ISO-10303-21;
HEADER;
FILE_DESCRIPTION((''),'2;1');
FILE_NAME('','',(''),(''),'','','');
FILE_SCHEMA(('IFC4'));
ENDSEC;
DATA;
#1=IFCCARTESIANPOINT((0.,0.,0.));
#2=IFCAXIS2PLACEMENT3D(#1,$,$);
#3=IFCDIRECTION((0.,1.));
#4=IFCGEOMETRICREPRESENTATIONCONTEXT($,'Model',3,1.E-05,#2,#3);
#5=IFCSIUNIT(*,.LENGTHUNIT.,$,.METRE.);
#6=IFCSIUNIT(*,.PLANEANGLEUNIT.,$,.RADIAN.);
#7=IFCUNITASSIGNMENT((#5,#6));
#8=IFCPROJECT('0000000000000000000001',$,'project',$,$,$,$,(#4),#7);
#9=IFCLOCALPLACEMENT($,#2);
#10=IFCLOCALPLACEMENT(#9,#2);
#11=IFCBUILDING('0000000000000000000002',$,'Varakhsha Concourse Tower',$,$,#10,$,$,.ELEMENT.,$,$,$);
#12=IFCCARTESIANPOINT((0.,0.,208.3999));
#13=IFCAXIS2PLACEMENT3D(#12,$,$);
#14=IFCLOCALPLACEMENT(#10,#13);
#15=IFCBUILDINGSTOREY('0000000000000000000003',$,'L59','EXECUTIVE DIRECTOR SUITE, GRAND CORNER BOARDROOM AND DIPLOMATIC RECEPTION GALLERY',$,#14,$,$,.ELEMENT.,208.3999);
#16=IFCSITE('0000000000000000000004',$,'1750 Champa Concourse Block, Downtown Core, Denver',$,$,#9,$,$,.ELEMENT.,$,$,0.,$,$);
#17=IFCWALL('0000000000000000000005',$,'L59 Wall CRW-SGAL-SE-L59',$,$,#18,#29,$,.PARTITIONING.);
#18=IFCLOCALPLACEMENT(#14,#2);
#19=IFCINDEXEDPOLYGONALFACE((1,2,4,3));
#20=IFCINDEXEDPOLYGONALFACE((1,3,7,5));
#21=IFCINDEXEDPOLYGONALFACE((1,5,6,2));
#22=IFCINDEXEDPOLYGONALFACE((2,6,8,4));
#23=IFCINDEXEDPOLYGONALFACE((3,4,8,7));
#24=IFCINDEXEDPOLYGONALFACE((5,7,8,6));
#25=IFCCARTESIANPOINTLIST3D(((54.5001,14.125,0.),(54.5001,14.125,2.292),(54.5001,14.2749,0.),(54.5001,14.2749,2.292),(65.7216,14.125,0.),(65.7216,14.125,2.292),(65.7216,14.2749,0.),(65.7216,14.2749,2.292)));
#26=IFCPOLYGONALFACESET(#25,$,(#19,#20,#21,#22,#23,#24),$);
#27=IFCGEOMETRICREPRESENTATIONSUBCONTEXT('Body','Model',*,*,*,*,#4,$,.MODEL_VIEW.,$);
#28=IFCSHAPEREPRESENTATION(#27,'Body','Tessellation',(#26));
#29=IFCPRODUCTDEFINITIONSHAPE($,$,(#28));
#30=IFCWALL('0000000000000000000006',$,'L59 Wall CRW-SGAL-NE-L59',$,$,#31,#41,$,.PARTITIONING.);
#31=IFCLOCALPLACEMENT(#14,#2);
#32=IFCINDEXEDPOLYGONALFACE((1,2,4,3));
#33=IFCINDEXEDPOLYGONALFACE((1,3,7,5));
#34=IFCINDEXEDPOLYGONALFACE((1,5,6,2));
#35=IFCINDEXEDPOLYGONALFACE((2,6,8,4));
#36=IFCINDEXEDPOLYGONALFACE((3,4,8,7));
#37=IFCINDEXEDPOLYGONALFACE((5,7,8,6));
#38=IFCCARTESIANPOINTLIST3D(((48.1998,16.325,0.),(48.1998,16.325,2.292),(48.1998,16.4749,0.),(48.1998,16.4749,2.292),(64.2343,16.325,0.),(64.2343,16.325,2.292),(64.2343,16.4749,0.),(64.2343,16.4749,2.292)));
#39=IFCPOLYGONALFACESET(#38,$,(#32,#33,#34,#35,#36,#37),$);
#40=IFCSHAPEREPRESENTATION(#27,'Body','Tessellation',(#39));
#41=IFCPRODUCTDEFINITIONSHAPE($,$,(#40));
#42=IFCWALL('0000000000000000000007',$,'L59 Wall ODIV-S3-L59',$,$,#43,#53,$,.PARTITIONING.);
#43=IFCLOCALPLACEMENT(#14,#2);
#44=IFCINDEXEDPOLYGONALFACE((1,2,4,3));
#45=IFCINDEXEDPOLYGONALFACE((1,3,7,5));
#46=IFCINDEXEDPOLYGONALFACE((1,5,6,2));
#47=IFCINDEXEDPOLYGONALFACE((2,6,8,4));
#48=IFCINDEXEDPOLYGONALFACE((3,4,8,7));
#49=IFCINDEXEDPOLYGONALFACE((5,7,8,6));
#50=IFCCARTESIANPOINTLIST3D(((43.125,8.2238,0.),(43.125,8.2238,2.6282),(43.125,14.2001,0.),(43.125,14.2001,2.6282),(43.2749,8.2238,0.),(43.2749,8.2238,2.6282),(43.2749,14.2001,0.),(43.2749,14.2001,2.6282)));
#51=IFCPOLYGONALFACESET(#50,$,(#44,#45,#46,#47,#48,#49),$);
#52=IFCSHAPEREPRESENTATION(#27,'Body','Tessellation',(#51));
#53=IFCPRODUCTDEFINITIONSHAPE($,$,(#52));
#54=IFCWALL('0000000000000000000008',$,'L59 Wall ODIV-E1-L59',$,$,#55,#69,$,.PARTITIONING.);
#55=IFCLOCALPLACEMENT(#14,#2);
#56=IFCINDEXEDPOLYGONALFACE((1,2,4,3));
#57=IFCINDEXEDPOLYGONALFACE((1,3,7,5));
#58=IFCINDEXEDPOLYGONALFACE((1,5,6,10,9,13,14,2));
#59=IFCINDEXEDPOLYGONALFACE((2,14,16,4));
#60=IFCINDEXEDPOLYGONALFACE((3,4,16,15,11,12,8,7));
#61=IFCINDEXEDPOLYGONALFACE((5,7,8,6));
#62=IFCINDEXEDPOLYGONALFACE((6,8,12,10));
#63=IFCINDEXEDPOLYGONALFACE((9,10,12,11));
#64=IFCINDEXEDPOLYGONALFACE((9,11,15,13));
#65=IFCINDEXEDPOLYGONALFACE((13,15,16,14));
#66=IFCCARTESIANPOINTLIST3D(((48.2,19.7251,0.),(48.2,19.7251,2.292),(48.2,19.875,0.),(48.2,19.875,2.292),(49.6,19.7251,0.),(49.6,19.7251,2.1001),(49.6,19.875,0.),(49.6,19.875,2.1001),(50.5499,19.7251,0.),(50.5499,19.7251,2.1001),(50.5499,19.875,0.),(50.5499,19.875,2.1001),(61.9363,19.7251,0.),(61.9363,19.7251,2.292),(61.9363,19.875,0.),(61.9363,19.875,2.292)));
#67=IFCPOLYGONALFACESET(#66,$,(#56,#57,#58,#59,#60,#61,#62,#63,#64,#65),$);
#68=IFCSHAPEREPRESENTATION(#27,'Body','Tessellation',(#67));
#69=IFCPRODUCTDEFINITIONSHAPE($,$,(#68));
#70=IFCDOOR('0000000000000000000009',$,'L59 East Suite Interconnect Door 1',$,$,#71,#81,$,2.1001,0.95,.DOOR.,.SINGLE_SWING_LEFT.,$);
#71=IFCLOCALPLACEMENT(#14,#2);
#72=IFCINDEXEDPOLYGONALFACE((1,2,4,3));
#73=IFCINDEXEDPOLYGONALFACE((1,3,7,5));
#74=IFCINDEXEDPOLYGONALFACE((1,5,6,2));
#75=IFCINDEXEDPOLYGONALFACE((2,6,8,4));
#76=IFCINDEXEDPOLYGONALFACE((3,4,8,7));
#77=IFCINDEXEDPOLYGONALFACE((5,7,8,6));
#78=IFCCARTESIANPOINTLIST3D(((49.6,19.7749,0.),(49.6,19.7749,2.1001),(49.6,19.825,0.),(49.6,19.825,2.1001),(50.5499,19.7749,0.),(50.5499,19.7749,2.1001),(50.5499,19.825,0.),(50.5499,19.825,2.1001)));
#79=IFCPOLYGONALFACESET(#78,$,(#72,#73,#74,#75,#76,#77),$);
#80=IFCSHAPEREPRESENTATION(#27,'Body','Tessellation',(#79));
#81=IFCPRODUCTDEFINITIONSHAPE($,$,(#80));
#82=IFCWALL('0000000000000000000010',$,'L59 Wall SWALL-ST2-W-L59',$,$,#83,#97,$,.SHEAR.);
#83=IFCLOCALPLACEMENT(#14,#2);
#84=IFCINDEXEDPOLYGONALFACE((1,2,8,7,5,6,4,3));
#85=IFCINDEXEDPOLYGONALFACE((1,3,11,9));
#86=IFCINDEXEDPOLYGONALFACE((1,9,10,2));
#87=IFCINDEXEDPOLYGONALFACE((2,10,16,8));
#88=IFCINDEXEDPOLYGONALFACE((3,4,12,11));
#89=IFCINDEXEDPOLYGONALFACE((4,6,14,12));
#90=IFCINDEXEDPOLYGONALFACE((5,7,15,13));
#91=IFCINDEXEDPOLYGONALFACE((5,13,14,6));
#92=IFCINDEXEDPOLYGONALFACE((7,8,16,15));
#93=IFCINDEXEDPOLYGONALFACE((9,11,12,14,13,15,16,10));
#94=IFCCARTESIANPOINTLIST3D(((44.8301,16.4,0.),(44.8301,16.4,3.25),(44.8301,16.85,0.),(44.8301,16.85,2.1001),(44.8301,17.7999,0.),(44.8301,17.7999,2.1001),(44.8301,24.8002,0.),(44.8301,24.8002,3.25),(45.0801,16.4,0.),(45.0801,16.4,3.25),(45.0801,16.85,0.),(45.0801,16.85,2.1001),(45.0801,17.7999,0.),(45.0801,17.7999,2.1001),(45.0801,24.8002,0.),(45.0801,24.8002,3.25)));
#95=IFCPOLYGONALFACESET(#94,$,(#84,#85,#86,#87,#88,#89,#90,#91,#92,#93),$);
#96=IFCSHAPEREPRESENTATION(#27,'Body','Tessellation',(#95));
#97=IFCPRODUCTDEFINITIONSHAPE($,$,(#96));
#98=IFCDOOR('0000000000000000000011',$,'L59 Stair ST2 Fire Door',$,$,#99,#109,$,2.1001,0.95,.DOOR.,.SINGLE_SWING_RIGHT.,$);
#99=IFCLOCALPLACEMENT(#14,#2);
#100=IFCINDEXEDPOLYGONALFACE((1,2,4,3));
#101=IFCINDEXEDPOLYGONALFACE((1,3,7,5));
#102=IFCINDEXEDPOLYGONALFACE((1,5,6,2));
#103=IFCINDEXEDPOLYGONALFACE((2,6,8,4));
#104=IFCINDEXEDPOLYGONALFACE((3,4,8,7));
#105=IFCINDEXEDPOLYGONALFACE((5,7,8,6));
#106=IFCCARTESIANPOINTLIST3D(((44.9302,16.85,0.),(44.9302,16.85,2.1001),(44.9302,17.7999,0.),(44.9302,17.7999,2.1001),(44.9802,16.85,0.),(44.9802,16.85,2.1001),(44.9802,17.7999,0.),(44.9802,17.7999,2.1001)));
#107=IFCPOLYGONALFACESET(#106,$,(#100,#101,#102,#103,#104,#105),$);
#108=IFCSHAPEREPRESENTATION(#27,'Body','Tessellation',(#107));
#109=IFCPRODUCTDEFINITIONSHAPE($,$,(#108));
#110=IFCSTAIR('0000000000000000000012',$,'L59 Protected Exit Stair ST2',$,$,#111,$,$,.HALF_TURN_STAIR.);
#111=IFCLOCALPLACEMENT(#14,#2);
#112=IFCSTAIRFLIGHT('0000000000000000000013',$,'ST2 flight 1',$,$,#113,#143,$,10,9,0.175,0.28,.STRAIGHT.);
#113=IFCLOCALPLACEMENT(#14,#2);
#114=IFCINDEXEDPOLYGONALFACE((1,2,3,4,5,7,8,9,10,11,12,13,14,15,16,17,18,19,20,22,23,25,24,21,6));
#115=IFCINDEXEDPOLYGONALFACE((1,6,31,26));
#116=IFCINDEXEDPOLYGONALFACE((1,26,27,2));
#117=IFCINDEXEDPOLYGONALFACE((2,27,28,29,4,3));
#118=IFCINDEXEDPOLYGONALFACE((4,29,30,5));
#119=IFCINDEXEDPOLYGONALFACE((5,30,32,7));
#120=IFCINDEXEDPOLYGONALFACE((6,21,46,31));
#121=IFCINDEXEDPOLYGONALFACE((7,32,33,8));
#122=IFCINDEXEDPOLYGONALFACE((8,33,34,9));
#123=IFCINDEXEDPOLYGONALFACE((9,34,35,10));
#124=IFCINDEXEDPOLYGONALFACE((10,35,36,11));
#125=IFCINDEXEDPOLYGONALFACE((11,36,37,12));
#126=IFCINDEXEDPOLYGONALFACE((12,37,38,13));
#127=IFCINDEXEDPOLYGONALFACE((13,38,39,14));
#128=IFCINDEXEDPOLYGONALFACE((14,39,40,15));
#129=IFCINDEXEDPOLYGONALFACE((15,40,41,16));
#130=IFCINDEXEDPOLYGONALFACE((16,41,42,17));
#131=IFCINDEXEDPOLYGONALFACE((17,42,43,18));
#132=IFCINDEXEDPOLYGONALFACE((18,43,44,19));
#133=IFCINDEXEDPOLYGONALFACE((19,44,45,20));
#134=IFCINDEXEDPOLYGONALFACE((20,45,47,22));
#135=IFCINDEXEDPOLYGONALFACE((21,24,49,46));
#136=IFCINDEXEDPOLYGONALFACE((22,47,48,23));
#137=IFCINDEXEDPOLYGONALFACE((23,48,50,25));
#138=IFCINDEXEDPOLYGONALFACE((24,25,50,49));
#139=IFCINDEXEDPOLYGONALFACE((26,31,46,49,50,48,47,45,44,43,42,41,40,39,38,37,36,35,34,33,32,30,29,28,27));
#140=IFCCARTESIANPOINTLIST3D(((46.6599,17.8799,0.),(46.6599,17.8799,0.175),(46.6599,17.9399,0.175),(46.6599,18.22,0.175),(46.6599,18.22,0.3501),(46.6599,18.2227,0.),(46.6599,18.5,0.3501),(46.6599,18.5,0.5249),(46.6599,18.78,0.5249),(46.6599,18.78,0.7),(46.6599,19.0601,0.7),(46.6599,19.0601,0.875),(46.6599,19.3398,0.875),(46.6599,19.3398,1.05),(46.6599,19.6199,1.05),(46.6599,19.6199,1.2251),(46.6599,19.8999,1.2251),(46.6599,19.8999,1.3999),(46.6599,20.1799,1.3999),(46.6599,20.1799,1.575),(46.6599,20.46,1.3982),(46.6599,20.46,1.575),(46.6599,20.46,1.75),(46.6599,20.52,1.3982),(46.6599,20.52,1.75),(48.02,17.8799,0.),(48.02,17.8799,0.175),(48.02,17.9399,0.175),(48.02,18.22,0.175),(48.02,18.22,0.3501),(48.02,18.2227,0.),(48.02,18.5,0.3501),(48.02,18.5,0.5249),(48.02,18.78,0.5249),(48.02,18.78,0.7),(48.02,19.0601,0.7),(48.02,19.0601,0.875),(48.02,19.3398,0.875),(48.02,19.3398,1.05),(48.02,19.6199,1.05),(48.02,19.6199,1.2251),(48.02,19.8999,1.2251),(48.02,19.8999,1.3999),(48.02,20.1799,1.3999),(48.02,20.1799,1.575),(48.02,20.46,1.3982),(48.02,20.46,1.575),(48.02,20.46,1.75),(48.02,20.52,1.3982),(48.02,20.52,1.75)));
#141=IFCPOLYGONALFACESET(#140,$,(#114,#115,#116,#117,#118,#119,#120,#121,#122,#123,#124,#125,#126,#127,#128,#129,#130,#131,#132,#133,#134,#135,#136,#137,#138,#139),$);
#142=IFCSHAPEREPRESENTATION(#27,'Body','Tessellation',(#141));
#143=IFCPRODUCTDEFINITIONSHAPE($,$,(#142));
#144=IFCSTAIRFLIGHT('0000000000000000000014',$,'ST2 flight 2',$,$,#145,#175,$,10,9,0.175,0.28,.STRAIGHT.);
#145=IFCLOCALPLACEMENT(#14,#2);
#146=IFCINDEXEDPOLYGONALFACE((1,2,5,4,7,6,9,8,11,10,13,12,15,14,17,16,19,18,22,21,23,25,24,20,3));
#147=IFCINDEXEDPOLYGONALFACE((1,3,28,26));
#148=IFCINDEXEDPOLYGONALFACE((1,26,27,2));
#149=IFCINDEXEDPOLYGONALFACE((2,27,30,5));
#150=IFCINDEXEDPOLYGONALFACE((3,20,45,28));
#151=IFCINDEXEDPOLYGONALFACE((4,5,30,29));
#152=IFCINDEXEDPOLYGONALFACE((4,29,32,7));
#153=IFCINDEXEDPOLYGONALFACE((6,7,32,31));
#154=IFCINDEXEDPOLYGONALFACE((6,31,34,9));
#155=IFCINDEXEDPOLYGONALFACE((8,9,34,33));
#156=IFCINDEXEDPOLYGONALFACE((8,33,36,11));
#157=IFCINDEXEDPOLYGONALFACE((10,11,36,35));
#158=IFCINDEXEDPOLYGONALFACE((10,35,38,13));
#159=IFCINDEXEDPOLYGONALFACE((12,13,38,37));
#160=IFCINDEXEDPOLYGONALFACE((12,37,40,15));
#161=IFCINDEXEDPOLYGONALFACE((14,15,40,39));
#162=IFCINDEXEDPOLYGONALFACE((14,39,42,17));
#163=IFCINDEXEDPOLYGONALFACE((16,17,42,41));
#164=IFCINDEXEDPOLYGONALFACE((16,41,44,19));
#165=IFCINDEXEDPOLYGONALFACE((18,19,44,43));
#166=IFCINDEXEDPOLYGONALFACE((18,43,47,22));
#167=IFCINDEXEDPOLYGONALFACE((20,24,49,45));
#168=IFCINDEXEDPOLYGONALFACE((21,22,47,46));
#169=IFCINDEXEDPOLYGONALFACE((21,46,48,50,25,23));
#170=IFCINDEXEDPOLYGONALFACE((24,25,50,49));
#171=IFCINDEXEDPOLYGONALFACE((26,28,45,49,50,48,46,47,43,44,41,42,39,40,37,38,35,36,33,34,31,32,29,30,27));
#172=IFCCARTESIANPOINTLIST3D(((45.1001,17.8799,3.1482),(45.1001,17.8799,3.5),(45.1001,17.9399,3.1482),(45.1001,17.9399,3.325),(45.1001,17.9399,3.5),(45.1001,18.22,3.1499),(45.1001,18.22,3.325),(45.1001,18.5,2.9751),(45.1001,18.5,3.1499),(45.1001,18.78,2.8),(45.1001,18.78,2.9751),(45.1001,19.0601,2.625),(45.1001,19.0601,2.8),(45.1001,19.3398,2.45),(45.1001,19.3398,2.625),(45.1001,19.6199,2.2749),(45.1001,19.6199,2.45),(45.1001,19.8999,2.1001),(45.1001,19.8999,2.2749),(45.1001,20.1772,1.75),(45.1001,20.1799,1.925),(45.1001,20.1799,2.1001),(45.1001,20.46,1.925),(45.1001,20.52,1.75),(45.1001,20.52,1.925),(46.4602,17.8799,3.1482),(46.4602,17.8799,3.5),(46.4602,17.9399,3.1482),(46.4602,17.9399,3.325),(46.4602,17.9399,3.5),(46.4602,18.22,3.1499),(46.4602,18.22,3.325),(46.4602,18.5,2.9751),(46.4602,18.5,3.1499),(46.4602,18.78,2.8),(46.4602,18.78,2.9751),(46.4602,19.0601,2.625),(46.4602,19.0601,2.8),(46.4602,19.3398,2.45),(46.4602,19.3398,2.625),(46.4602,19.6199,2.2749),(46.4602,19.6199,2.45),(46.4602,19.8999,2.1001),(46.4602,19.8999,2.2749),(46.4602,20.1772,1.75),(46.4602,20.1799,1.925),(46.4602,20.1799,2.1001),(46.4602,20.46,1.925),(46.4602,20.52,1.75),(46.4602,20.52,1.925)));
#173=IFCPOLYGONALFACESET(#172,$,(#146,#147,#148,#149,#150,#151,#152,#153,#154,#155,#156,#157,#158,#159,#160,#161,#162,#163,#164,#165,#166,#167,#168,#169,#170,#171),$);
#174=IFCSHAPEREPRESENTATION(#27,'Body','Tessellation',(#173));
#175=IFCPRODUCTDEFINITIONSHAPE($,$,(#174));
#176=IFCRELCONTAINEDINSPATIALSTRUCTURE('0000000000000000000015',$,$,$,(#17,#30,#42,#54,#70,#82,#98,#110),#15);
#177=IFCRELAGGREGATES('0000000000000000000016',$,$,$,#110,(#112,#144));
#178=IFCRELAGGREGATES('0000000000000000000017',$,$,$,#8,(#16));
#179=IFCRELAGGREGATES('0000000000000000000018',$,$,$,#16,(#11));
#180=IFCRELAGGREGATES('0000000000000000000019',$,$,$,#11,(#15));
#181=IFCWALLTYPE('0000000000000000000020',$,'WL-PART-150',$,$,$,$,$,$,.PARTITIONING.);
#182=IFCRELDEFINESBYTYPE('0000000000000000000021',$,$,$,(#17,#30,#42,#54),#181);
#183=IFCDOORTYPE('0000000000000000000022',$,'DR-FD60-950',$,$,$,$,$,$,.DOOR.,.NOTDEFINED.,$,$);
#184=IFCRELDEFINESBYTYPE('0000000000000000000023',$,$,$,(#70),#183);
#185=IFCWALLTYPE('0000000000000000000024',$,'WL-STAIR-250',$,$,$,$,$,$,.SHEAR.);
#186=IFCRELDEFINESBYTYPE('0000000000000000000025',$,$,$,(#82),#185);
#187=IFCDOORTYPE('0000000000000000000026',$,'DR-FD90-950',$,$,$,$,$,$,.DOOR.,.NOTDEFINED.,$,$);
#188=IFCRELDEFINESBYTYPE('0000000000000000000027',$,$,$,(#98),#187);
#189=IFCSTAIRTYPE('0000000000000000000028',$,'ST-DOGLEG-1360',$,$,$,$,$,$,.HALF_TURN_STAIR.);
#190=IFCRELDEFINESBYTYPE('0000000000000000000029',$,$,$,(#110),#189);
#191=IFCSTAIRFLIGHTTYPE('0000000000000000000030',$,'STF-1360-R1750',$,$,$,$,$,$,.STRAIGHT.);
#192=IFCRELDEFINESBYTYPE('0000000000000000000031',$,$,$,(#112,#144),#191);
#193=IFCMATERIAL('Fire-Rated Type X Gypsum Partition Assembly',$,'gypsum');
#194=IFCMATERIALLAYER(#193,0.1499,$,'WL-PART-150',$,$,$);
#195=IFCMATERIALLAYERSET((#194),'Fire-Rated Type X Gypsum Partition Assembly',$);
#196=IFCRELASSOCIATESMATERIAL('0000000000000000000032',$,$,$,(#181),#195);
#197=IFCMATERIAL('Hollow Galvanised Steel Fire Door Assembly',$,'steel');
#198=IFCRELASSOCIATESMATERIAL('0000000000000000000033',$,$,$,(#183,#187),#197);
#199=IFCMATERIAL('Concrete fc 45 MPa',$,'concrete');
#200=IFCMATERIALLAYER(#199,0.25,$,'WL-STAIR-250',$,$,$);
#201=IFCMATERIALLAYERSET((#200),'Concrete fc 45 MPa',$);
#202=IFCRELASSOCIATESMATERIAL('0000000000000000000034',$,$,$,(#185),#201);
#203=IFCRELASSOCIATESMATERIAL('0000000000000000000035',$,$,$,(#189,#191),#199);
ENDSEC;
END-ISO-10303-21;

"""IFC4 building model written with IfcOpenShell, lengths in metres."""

from ifc_helpers import new_model, si_unit, direction, frame, frame_2d, origin, place, context, subcontext, project, spatial, polyline, rectangle, outline, extrude, material, layer, layer_set, type_object, element, fill, aggregate, save


model = new_model("IFC4")

# Units and contexts
model_context = context("Model", 3, precision=1e-05, world=origin(), true_north=direction((0.0, 1.0)))
body_context = subcontext(model_context, "Body", "Model", "MODEL_VIEW")
ifc_project = project(units=[si_unit("LENGTHUNIT", "METRE"), si_unit("PLANEANGLEUNIT", "RADIAN")], contexts=[model_context])

# Site, building, storey
site_placement = place(None, origin())
site = spatial("IfcSite", under=ifc_project, at=site_placement, Name="1750 Champa Concourse Block, Downtown Core, Denver", CompositionType="ELEMENT", RefElevation=0.0)
building_placement = place(site_placement, origin())
building = spatial("IfcBuilding", under=site, at=building_placement, Name="Varakhsha Concourse Tower", CompositionType="ELEMENT")
storey_placement = place(building_placement, frame((0.0, 0.0, 208.3999)))
storey = spatial("IfcBuildingStorey", under=building, at=storey_placement, Name="L59", Description="EXECUTIVE DIRECTOR SUITE, GRAND CORNER BOARDROOM AND DIPLOMATIC RECEPTION GALLERY", CompositionType="ELEMENT", Elevation=208.3999)

# Walls
ifc_material_1 = material(Name="Fire-Rated Type X Gypsum Partition Assembly", Category="gypsum")
ifc_layer_1 = layer(ifc_material_1, 0.1499, Name="WL-PART-150")
ifc_layer_set_1 = layer_set([ifc_layer_1], Name="Fire-Rated Type X Gypsum Partition Assembly")
wall_type_1 = type_object("IfcWallType", Name="WL-PART-150", PredefinedType="PARTITIONING", material=ifc_layer_set_1)
wall_1_placement = place(storey_placement, frame((54.5, 14.2, 0.0), z_axis=(0.0, 0.0, 1.0), x_axis=(1.0, 0.0, 0.0)))
element("IfcWall", 1, at=wall_1_placement, inside=storey, type_object=wall_type_1, Name="L59 Wall CRW-SGAL-SE-L59", PredefinedType="PARTITIONING", context=body_context, shape_type="SweptSolid", body=[
    extrude(rectangle(XDim=11.2214, YDim=0.1499, at=frame_2d((5.6108, 0.0))), origin(), (0.0, 0.0, 1.0), 2.292),
])
wall_2_placement = place(storey_placement, frame((48.2, 16.3999, 0.0), z_axis=(0.0, 0.0, 1.0), x_axis=(1.0, 0.0, 0.0)))
element("IfcWall", 2, at=wall_2_placement, inside=storey, type_object=wall_type_1, Name="L59 Wall CRW-SGAL-NE-L59", PredefinedType="PARTITIONING", context=body_context, shape_type="SweptSolid", body=[
    extrude(rectangle(XDim=16.0344, YDim=0.1499, at=frame_2d((8.0171, 0.0))), origin(), (0.0, 0.0, 1.0), 2.292),
])
wall_3_placement = place(storey_placement, frame((43.2, 8.2236, 0.0), z_axis=(0.0, 0.0, 1.0), x_axis=(0.0, 1.0, 0.0)))
element("IfcWall", 3, at=wall_3_placement, inside=storey, type_object=wall_type_1, Name="L59 Wall ODIV-S3-L59", PredefinedType="PARTITIONING", context=body_context, shape_type="SweptSolid", body=[
    extrude(rectangle(XDim=5.9763, YDim=0.1499, at=frame_2d((2.9883, 0.0))), origin(), (0.0, 0.0, 1.0), 2.6282),
])

# Walls, openings, doors
wall_4_placement = place(storey_placement, frame((48.2, 19.8, 0.0), z_axis=(0.0, 0.0, 1.0), x_axis=(1.0, 0.0, 0.0)))
wall_4 = element("IfcWall", 4, at=wall_4_placement, inside=storey, type_object=wall_type_1, Name="L59 Wall ODIV-E1-L59", PredefinedType="PARTITIONING", context=body_context, shape_type="SweptSolid", body=[
    extrude(rectangle(XDim=13.7363, YDim=0.1499, at=frame_2d((6.8682, 0.0))), origin(), (0.0, 0.0, 1.0), 2.292),
])
opening_1_placement = place(wall_4_placement, frame((1.3999, 0.0, 0.0)))
opening_1 = element("IfcOpeningElement", 5, at=opening_1_placement, cuts=wall_4, PredefinedType="OPENING", context=body_context, shape_type="SweptSolid", body=[
    extrude(rectangle(XDim=0.95, YDim=2.1001, at=frame_2d((0.4751, 1.05))), frame((0.0, 0.085, 0.0), z_axis=(0.0, -1.0, 0.0), x_axis=(1.0, 0.0, 0.0)), (0.0, 0.0, 1.0), 0.1699),
])
ifc_material_2 = material(Name="Hollow Galvanised Steel Fire Door Assembly", Category="steel")
door_type_1 = type_object("IfcDoorType", Name="DR-FD60-950", OperationType="NOTDEFINED", PredefinedType="DOOR", material=ifc_material_2)
door_1_placement = place(opening_1_placement, origin())
door_1 = element("IfcDoor", 6, at=door_1_placement, inside=storey, type_object=door_type_1, Name="L59 East Suite Interconnect Door 1", OperationType="SINGLE_SWING_LEFT", OverallHeight=2.1001, OverallWidth=0.95, PredefinedType="DOOR", context=body_context, shape_type="SweptSolid", body=[
    extrude(rectangle(XDim=0.95, YDim=2.1001, at=frame_2d((0.4751, 1.05))), frame((0.0, 0.0249, 0.0), z_axis=(0.0, -1.0, 0.0), x_axis=(1.0, 0.0, 0.0)), (0.0, 0.0, 1.0), 0.05),
])
fill(opening_1, door_1)
ifc_material_3 = material(Name="Concrete fc 45 MPa", Category="concrete")
ifc_layer_2 = layer(ifc_material_3, 0.25, Name="WL-STAIR-250")
ifc_layer_set_2 = layer_set([ifc_layer_2], Name="Concrete fc 45 MPa")
wall_type_2 = type_object("IfcWallType", Name="WL-STAIR-250", PredefinedType="SHEAR", material=ifc_layer_set_2)
wall_5_placement = place(storey_placement, frame((44.9551, 16.3999, 0.0), z_axis=(0.0, 0.0, 1.0), x_axis=(0.0, 1.0, 0.0)))
wall_5 = element("IfcWall", 7, at=wall_5_placement, inside=storey, type_object=wall_type_2, Name="L59 Wall SWALL-ST2-W-L59", PredefinedType="SHEAR", context=body_context, shape_type="SweptSolid", body=[
    extrude(rectangle(XDim=8.4001, YDim=0.25, at=frame_2d((4.2002, 0.0))), origin(), (0.0, 0.0, 1.0), 3.25),
])
opening_2_placement = place(wall_5_placement, frame((0.45, 0.0, 0.0)))
opening_2 = element("IfcOpeningElement", 8, at=opening_2_placement, cuts=wall_5, PredefinedType="OPENING", context=body_context, shape_type="SweptSolid", body=[
    extrude(rectangle(XDim=0.95, YDim=2.1001, at=frame_2d((0.4751, 1.05))), frame((0.0, 0.135, 0.0), z_axis=(0.0, -1.0, 0.0), x_axis=(1.0, 0.0, 0.0)), (0.0, 0.0, 1.0), 0.27),
])
door_type_2 = type_object("IfcDoorType", Name="DR-FD90-950", OperationType="NOTDEFINED", PredefinedType="DOOR", material=ifc_material_2)
door_2_placement = place(opening_2_placement, origin())
door_2 = element("IfcDoor", 9, at=door_2_placement, inside=storey, type_object=door_type_2, Name="L59 Stair ST2 Fire Door", OperationType="SINGLE_SWING_RIGHT", OverallHeight=2.1001, OverallWidth=0.95, PredefinedType="DOOR", context=body_context, shape_type="SweptSolid", body=[
    extrude(rectangle(XDim=0.95, YDim=2.1001, at=frame_2d((0.4751, 1.05))), frame((0.0, 0.0249, 0.0), z_axis=(0.0, -1.0, 0.0), x_axis=(1.0, 0.0, 0.0)), (0.0, 0.0, 1.0), 0.05),
])
fill(opening_2, door_2)

# Stair, stair flights
stair_type = type_object("IfcStairType", Name="ST-DOGLEG-1360", PredefinedType="HALF_TURN_STAIR", material=ifc_material_3)
stair_placement = place(storey_placement, origin())
stair = element("IfcStair", 10, at=stair_placement, inside=storey, type_object=stair_type, Name="L59 Protected Exit Stair ST2", PredefinedType="HALF_TURN_STAIR")
stair_flight_type = type_object("IfcStairFlightType", Name="STF-1360-R1750", PredefinedType="STRAIGHT", material=ifc_material_3)
stair_flight_1_placement = place(storey_placement, frame((47.3401, 17.9399, 0.0), z_axis=(0.0, 0.0, 1.0), x_axis=(0.0, 1.0, 0.0)))
stair_flight_1 = element("IfcStairFlight", 11, at=stair_flight_1_placement, type_object=stair_flight_type, Name="ST2 flight 1", NumberOfRisers=10, NumberOfTreads=9, PredefinedType="STRAIGHT", RiserHeight=0.175, TreadLength=0.28, context=body_context, shape_type="SweptSolid", body=[
    extrude(outline(polyline([(-0.0601, 0.0), (-0.0601, 0.175), (0.0, 0.175), (0.28, 0.175), (0.28, 0.3501), (0.5601, 0.3501), (0.5601, 0.5249), (0.8401, 0.5249), (0.8401, 0.7), (1.1201, 0.7), (1.1201, 0.875), (1.3999, 0.875), (1.3999, 1.05), (1.6799, 1.05), (1.6799, 1.2251), (1.96, 1.2251), (1.96, 1.3999), (2.24, 1.3999), (2.24, 1.575), (2.52, 1.575), (2.52, 1.75), (2.5801, 1.75), (2.5801, 1.3982), (2.52, 1.3982), (0.2827, 0.0), (-0.0601, 0.0)])), frame((0.0, 0.6802, 0.0), z_axis=(0.0, -1.0, 0.0), x_axis=(1.0, 0.0, 0.0)), (0.0, 0.0, 1.0), 1.3601),
])
stair_flight_2_placement = place(storey_placement, frame((45.78, 20.46, 1.75), z_axis=(0.0, 0.0, 1.0), x_axis=(0.0, -1.0, 0.0)))
stair_flight_2 = element("IfcStairFlight", 12, at=stair_flight_2_placement, type_object=stair_flight_type, Name="ST2 flight 2", NumberOfRisers=10, NumberOfTreads=9, PredefinedType="STRAIGHT", RiserHeight=0.175, TreadLength=0.28, context=body_context, shape_type="SweptSolid", body=[
    extrude(outline(polyline([(-0.0601, 0.0), (-0.0601, 0.175), (0.0, 0.175), (0.28, 0.175), (0.28, 0.3501), (0.5601, 0.3501), (0.5601, 0.5249), (0.8401, 0.5249), (0.8401, 0.7), (1.1201, 0.7), (1.1201, 0.875), (1.3999, 0.875), (1.3999, 1.05), (1.6799, 1.05), (1.6799, 1.2251), (1.96, 1.2251), (1.96, 1.3999), (2.24, 1.3999), (2.24, 1.575), (2.52, 1.575), (2.52, 1.75), (2.5801, 1.75), (2.5801, 1.3982), (2.52, 1.3982), (0.2827, 0.0), (-0.0601, 0.0)])), frame((0.0, 0.6802, 0.0), z_axis=(0.0, -1.0, 0.0), x_axis=(1.0, 0.0, 0.0)), (0.0, 0.0, 1.0), 1.3601),
])
aggregate(stair, [stair_flight_1, stair_flight_2])

save(model, "model.ifc")
